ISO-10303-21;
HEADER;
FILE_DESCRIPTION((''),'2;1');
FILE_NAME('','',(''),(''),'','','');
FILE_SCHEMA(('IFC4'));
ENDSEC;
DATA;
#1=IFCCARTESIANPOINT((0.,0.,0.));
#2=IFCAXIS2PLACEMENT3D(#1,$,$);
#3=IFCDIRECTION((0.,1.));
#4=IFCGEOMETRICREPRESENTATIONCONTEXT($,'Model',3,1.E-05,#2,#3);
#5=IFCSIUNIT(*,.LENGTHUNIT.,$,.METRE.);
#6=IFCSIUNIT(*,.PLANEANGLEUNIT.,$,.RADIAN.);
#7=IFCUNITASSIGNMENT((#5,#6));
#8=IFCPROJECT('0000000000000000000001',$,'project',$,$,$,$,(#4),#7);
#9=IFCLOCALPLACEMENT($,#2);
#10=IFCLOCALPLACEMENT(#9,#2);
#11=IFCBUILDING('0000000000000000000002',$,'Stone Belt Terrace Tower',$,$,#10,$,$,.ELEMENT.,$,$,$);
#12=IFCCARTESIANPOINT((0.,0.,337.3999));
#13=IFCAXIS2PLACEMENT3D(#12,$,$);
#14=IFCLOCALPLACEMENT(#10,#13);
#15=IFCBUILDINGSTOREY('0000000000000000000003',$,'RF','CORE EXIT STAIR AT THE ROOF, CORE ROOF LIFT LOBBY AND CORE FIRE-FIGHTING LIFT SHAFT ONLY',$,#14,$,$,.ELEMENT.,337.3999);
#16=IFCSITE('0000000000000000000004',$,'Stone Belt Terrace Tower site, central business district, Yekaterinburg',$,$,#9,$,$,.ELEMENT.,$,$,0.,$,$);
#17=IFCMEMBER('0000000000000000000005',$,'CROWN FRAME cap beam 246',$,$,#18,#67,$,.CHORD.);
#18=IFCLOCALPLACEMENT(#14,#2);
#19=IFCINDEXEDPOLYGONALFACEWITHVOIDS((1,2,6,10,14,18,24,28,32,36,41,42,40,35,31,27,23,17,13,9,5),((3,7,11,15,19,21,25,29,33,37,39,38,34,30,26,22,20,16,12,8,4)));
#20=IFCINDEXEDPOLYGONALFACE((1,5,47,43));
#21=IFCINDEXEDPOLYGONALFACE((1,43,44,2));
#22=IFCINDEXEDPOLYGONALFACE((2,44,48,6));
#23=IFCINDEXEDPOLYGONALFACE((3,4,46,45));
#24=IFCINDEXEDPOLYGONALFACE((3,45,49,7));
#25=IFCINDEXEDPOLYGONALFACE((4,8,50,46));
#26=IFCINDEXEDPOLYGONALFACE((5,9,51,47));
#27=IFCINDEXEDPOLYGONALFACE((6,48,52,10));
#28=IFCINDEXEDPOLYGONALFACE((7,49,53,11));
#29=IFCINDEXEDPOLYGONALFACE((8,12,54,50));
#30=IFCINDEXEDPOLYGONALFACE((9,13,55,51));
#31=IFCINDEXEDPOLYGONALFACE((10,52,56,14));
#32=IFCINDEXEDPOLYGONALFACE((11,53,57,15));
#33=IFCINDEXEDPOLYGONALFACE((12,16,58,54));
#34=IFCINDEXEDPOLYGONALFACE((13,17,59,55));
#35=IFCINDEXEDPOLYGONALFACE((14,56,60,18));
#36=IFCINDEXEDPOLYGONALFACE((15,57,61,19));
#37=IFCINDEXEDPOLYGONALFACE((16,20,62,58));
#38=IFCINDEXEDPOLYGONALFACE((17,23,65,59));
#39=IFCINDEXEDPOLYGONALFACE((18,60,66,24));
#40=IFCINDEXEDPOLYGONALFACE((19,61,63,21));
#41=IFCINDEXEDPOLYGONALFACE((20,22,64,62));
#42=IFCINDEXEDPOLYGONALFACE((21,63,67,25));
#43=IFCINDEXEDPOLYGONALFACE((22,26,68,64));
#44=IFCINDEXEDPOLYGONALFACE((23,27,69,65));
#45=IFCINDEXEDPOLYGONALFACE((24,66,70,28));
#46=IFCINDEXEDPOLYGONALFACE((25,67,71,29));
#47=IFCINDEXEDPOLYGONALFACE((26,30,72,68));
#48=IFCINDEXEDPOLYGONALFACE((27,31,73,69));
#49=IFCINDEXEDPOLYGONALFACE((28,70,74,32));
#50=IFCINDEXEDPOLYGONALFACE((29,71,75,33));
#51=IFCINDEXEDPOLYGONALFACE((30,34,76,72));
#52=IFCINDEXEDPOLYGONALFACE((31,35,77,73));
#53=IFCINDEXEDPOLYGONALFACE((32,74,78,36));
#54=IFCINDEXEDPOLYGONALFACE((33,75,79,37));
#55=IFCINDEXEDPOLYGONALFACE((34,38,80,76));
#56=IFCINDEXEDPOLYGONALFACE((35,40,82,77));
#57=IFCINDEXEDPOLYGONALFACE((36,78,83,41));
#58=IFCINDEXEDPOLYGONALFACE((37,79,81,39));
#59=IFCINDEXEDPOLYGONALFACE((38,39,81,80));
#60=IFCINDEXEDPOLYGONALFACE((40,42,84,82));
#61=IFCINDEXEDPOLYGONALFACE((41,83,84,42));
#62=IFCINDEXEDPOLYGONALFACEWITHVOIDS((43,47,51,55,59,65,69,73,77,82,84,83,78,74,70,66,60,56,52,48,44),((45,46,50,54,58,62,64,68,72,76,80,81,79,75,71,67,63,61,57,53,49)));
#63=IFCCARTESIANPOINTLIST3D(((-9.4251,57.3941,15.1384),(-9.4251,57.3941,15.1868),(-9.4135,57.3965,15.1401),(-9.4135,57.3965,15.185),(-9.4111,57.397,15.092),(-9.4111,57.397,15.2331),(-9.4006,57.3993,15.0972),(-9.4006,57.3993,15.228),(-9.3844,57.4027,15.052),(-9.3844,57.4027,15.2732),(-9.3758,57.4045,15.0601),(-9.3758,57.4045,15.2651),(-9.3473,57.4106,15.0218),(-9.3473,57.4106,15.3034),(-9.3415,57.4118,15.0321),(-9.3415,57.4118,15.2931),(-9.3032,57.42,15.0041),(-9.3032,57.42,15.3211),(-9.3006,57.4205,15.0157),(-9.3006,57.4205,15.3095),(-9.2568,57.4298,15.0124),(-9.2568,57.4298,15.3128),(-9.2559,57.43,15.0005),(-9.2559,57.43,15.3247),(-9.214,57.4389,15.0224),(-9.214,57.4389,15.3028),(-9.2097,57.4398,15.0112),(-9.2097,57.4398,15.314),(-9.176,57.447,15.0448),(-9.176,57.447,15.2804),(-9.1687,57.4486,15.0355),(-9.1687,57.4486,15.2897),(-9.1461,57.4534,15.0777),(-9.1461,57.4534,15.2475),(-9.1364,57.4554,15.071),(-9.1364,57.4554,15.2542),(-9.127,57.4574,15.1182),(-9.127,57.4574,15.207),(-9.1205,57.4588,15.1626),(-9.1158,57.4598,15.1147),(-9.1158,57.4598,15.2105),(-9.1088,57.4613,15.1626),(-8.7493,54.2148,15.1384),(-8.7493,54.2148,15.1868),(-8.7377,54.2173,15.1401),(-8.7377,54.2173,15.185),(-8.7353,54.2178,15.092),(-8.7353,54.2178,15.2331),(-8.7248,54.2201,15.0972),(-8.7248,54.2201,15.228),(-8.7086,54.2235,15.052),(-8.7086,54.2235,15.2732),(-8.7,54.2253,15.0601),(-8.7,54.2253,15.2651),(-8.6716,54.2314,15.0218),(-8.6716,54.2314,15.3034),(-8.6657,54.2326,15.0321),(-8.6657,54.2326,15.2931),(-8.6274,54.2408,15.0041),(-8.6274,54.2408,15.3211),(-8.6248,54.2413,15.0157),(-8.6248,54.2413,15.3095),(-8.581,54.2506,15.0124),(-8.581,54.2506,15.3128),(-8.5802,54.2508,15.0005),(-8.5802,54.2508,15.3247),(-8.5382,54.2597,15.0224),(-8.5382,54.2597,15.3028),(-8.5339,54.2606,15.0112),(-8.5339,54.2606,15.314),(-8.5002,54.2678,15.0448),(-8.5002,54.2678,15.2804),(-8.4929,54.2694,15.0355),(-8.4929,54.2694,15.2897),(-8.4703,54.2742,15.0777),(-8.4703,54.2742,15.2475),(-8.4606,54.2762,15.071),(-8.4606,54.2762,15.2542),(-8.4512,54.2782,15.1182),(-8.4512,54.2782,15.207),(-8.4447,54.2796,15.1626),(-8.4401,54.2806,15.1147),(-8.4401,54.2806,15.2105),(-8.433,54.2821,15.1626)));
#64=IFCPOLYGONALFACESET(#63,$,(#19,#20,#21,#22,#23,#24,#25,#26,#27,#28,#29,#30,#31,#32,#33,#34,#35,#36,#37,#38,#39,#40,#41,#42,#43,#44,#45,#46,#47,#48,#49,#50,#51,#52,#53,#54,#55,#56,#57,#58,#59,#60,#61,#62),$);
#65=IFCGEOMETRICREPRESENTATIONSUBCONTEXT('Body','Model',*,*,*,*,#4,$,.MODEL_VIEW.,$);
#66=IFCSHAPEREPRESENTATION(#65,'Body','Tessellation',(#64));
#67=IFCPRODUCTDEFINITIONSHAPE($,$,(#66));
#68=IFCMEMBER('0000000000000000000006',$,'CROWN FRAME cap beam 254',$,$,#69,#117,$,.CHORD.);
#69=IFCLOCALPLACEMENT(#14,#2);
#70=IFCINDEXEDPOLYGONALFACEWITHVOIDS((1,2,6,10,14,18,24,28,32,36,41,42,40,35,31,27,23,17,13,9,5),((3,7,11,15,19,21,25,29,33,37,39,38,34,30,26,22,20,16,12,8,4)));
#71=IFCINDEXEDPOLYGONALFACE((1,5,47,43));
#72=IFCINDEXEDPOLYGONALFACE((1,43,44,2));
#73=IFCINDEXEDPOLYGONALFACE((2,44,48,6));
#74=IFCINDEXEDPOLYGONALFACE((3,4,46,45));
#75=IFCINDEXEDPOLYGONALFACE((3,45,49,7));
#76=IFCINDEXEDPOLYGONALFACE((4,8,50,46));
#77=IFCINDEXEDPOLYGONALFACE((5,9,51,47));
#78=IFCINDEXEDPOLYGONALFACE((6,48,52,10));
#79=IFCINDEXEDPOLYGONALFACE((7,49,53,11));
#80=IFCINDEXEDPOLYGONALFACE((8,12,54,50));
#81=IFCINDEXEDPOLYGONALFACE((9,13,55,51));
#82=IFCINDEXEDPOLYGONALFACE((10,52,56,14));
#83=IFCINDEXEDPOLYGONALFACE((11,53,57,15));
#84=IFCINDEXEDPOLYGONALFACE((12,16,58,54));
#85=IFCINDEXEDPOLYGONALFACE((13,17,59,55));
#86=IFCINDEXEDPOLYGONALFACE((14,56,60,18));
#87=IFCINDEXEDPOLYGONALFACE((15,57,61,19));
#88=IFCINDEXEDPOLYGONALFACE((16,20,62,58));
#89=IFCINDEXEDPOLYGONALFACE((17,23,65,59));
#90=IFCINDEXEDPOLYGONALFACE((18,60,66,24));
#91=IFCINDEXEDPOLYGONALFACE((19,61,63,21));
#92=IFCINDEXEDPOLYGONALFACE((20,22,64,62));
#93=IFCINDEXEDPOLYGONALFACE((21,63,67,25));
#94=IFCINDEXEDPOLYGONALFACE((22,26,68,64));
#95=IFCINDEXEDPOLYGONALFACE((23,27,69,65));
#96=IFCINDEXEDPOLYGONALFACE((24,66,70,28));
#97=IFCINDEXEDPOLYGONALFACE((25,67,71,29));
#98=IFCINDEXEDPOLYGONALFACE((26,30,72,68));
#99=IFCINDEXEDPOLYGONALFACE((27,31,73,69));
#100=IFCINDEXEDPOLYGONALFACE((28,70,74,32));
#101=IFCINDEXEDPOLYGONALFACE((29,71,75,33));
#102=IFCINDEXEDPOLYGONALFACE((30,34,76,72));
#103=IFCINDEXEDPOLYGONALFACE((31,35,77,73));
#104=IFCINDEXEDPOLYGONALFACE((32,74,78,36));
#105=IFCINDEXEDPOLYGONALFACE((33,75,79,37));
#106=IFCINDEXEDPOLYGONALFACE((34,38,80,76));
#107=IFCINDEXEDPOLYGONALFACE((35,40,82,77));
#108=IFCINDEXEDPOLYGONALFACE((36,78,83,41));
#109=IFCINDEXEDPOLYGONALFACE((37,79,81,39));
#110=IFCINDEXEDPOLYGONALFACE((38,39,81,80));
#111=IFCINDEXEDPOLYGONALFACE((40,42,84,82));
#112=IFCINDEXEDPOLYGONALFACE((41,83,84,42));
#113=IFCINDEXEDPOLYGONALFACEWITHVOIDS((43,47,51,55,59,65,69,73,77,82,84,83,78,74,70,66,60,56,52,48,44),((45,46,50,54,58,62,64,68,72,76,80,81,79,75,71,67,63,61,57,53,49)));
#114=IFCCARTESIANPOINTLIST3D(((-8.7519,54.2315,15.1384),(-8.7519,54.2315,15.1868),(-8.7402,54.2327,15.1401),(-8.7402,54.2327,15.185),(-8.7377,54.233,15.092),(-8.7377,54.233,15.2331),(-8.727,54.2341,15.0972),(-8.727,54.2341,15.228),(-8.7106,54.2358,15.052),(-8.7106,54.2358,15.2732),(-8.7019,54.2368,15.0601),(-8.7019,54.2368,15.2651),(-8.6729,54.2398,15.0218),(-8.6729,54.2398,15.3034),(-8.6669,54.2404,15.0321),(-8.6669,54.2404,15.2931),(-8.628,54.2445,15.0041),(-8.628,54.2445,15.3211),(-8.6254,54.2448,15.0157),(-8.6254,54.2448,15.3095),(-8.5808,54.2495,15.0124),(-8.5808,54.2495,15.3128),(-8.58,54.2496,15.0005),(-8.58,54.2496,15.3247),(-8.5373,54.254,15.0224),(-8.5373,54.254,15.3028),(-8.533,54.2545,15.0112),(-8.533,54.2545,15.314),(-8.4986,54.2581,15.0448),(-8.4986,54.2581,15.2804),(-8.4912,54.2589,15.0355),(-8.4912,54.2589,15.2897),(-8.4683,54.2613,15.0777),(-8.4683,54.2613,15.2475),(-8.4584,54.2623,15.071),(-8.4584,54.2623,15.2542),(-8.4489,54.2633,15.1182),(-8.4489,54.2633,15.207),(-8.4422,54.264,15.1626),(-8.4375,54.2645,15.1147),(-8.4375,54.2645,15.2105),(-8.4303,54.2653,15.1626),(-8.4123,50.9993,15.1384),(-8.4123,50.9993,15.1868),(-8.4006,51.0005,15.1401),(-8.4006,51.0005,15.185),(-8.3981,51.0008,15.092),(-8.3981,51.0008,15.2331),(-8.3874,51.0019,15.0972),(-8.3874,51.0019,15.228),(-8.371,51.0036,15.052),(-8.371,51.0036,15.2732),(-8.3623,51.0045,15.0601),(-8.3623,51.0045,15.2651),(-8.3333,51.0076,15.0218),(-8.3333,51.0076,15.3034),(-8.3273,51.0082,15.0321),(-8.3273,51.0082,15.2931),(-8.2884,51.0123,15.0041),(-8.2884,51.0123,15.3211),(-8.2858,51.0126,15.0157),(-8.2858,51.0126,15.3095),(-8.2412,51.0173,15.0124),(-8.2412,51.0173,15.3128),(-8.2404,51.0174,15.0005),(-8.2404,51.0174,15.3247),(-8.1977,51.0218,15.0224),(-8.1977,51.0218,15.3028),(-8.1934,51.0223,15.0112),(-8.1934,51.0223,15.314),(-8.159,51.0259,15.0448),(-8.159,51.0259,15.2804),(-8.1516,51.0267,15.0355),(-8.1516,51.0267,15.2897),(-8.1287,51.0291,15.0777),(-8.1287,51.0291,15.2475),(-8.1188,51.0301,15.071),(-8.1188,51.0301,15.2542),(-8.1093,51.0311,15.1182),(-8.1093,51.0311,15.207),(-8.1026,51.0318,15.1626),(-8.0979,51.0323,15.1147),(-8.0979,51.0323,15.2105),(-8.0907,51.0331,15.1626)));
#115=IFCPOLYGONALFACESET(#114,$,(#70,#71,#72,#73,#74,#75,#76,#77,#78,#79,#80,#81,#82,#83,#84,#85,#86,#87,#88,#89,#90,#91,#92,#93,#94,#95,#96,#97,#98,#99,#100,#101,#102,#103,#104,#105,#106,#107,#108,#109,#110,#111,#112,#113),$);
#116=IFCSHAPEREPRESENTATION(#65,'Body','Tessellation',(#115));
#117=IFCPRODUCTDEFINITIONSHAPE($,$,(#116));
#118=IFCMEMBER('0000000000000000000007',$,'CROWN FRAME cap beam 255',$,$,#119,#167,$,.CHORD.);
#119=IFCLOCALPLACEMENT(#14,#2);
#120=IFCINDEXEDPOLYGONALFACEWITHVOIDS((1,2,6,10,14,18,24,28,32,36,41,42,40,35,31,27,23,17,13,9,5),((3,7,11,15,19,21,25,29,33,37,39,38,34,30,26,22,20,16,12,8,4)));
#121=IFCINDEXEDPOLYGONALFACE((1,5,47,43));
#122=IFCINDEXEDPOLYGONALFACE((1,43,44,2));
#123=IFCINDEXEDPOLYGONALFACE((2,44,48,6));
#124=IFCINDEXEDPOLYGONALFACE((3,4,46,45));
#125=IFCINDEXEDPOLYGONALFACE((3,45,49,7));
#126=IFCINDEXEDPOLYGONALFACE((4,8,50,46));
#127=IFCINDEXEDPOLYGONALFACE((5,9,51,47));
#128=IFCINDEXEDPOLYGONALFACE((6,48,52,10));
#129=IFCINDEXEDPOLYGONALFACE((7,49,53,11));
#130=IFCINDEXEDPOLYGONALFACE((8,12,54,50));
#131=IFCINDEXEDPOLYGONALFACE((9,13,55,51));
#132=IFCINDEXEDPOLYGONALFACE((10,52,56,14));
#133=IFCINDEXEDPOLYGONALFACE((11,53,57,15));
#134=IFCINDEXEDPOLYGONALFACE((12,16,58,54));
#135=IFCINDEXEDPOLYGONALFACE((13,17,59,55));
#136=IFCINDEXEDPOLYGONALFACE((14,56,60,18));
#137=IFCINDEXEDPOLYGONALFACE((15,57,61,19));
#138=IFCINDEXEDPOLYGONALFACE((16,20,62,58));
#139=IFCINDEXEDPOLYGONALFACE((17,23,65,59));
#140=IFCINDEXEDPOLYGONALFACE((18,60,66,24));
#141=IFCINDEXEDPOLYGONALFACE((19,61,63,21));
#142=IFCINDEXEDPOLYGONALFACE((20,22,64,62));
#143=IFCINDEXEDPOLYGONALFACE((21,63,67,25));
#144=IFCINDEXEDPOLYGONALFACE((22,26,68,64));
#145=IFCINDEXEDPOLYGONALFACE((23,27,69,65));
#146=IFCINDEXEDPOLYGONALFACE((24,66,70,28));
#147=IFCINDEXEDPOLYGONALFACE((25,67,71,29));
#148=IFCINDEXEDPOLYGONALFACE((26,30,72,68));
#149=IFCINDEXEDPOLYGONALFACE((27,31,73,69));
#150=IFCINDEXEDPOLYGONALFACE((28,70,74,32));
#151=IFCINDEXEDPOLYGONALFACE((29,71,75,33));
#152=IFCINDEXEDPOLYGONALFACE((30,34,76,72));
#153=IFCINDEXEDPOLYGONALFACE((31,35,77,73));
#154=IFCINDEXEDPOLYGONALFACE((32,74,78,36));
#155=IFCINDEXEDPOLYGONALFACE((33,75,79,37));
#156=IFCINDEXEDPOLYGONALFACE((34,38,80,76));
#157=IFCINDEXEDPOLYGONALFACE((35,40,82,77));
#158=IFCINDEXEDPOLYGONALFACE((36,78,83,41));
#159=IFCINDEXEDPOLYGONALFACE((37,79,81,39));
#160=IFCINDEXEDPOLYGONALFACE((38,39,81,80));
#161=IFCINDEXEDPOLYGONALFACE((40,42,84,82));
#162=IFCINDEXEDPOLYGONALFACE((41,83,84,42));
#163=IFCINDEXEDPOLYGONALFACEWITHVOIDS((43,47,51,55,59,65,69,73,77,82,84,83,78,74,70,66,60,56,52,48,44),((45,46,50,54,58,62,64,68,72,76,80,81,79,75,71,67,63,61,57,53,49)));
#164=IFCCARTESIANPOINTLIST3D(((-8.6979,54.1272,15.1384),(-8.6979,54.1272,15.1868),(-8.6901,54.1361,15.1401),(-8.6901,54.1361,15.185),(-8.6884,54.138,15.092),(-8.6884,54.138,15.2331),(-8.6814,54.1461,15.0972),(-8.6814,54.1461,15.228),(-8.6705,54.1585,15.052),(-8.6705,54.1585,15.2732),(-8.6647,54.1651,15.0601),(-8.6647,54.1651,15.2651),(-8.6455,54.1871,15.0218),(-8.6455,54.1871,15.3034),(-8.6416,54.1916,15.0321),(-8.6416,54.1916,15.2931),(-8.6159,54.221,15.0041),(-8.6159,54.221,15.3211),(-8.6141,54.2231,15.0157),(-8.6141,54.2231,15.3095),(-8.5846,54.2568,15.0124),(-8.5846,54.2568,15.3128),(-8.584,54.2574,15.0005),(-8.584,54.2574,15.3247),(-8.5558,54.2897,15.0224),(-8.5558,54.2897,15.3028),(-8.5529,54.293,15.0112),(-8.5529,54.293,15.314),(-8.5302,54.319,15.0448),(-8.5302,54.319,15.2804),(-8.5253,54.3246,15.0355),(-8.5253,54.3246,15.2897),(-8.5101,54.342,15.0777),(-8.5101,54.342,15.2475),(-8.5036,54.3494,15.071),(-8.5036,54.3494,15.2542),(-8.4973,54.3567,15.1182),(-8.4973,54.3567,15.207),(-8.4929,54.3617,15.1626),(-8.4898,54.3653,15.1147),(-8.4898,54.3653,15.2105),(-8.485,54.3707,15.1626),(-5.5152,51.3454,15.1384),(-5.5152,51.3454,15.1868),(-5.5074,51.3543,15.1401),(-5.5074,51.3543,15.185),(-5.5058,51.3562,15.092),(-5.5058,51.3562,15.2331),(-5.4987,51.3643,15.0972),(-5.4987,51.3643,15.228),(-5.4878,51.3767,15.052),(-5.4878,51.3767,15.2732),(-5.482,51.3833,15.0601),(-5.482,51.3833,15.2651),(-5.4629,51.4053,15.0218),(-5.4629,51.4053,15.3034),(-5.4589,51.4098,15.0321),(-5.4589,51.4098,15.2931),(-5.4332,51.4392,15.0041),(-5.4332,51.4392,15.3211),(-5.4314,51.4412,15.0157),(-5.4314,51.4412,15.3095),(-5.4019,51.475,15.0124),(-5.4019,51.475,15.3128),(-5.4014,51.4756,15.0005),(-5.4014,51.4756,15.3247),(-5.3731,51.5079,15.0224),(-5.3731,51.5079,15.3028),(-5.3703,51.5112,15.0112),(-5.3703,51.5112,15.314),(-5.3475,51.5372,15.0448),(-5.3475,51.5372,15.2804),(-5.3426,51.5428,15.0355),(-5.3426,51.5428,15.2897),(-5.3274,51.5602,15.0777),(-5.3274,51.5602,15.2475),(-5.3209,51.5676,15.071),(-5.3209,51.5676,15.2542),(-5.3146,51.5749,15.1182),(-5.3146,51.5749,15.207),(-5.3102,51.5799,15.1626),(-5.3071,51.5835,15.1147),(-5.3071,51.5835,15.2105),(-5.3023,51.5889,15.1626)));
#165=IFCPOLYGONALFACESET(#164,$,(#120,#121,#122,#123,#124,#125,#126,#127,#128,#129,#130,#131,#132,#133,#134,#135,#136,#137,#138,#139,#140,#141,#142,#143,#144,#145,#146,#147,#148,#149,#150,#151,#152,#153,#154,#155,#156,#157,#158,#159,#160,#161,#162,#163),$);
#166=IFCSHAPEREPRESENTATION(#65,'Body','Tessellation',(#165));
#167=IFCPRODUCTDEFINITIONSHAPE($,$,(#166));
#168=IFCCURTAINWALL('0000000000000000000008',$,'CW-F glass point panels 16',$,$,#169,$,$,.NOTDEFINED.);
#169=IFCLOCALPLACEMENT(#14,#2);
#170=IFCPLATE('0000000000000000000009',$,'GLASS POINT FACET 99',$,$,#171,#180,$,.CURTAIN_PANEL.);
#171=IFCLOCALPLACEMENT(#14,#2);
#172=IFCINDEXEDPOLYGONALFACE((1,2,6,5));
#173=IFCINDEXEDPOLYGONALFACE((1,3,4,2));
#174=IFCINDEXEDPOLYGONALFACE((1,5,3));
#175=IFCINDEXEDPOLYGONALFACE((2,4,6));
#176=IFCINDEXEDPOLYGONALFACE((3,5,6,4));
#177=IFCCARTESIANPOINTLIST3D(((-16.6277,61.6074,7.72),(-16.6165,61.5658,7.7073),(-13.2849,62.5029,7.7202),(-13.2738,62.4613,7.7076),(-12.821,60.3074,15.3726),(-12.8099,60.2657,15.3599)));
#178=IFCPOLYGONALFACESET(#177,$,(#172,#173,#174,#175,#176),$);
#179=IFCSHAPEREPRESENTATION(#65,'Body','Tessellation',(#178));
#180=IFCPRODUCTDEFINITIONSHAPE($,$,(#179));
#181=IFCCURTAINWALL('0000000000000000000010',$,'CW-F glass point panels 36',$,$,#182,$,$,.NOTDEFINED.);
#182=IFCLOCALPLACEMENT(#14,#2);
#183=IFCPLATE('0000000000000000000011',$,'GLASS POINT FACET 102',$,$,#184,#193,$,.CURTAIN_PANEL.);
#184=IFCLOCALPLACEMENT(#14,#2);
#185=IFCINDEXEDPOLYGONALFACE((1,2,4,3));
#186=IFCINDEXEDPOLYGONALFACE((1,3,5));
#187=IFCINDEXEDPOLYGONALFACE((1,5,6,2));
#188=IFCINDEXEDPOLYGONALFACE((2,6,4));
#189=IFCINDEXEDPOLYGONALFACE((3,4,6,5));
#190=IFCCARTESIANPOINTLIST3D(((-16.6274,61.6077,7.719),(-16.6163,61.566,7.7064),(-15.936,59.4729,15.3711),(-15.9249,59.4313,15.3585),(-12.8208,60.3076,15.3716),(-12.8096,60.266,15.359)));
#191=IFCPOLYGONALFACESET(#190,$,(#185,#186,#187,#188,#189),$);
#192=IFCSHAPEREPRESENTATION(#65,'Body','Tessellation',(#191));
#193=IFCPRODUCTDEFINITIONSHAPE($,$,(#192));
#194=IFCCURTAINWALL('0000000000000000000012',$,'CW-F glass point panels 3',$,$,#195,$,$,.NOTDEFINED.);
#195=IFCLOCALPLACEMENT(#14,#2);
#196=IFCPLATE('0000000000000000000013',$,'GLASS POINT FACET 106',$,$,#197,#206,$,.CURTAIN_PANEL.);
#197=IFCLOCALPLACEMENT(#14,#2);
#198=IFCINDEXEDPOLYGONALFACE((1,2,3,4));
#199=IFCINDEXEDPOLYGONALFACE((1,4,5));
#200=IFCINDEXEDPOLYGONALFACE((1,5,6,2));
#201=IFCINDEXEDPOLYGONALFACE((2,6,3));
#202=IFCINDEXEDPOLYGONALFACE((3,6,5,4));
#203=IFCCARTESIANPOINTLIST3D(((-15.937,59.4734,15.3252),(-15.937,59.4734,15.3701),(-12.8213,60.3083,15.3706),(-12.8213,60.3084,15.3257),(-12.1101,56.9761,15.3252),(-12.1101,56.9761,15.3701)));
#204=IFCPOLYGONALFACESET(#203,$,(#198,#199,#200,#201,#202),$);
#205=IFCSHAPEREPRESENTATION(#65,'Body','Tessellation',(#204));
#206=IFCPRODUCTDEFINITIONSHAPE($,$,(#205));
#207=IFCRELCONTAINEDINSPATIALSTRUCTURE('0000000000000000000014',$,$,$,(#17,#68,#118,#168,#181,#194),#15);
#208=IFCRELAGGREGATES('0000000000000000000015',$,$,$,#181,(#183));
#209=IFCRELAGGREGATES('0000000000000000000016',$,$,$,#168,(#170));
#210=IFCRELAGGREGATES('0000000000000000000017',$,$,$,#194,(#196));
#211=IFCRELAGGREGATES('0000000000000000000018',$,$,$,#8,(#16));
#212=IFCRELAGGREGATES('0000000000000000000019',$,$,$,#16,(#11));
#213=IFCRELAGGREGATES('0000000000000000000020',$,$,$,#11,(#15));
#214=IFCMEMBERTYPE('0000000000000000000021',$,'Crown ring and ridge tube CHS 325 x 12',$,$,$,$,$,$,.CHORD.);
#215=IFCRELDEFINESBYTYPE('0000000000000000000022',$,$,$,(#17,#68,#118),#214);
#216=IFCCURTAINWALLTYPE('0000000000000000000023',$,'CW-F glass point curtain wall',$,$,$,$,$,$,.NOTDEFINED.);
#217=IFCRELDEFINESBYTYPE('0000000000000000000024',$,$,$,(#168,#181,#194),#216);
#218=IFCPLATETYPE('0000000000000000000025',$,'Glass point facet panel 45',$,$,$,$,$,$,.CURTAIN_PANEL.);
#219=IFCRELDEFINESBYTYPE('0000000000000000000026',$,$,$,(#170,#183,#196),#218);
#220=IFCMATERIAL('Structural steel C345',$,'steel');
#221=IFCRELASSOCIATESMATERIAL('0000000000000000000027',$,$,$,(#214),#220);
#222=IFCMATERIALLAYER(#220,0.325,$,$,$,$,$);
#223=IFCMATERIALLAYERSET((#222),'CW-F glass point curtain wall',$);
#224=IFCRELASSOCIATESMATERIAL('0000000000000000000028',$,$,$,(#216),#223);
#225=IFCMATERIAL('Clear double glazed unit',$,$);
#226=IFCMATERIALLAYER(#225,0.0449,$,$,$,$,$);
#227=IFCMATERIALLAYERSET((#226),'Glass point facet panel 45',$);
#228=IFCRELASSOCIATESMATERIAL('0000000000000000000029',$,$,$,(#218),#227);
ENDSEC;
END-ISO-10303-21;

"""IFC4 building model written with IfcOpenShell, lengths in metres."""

from ifc_helpers import new_model, si_unit, direction, frame, origin, origin_2d, place, context, subcontext, project, spatial, polyline, hollow_circle, outline, extrude, material, layer, layer_set, material_profile, profile_set, type_object, element, aggregate, save


model = new_model("IFC4")

# Units and contexts
model_context = context("Model", 3, precision=1e-05, world=origin(), true_north=direction((0.0, 1.0)))
body_context = subcontext(model_context, "Body", "Model", "MODEL_VIEW")
ifc_project = project(units=[si_unit("LENGTHUNIT", "METRE"), si_unit("PLANEANGLEUNIT", "RADIAN")], contexts=[model_context])

# Site, building, storey
site_placement = place(None, origin())
site = spatial("IfcSite", under=ifc_project, at=site_placement, Name="Stone Belt Terrace Tower site, central business district, Yekaterinburg", CompositionType="ELEMENT", RefElevation=0.0)
building_placement = place(site_placement, origin())
building = spatial("IfcBuilding", under=site, at=building_placement, Name="Stone Belt Terrace Tower", CompositionType="ELEMENT")
storey_placement = place(building_placement, frame((0.0, 0.0, 337.3999)))
storey = spatial("IfcBuildingStorey", under=building, at=storey_placement, Name="RF", Description="CORE EXIT STAIR AT THE ROOF, CORE ROOF LIFT LOBBY AND CORE FIRE-FIGHTING LIFT SHAFT ONLY", CompositionType="ELEMENT", Elevation=337.3999)

# Members
ifc_material_1 = material(Name="Structural steel C345", Category="steel")
ifc_material_profile = material_profile(ifc_material_1, hollow_circle(Radius=0.1626, WallThickness=0.012, at=origin_2d()), Name="Structural steel C345 CHS 325x12")
ifc_profile_set = profile_set([ifc_material_profile], Name="Structural steel C345")
member_type = type_object("IfcMemberType", Name="Crown ring and ridge tube CHS 325 x 12", PredefinedType="CHORD", material=ifc_profile_set)
member_1_placement = place(storey_placement, frame((-9.2678, 57.4275, 15.1626), z_axis=(0.207918, -0.978146, 0.0), x_axis=(0.978146, 0.207918, 0.0)))
element("IfcMember", 1, at=member_1_placement, inside=storey, type_object=member_type, Name="CROWN FRAME cap beam 246", PredefinedType="CHORD", context=body_context, shape_type="SweptSolid", body=[
    extrude(hollow_circle(Radius=0.1626, WallThickness=0.012, at=origin_2d()), origin(), (0.0, 0.0, 1.0), 3.2502),
])
member_2_placement = place(storey_placement, frame((-8.592, 54.2483, 15.1626), z_axis=(0.104493, -0.994526, 0.0), x_axis=(0.994526, 0.104493, 0.0)))
element("IfcMember", 2, at=member_2_placement, inside=storey, type_object=member_type, Name="CROWN FRAME cap beam 254", PredefinedType="CHORD", context=body_context, shape_type="SweptSolid", body=[
    extrude(hollow_circle(Radius=0.1626, WallThickness=0.012, at=origin_2d()), origin(), (0.0, 0.0, 1.0), 3.25),
])
member_3_placement = place(storey_placement, frame((-8.592, 54.2483, 15.1626), z_axis=(0.752934, -0.658096, 0.0), x_axis=(0.658096, 0.752934, 0.0)))
element("IfcMember", 3, at=member_3_placement, inside=storey, type_object=member_type, Name="CROWN FRAME cap beam 255", PredefinedType="CHORD", context=body_context, shape_type="SweptSolid", body=[
    extrude(hollow_circle(Radius=0.1626, WallThickness=0.012, at=origin_2d()), origin(), (0.0, 0.0, 1.0), 4.2271),
])

# Curtain walls, plates
ifc_layer_1 = layer(ifc_material_1, 0.325)
ifc_layer_set_1 = layer_set([ifc_layer_1], Name="CW-F glass point curtain wall")
curtain_wall_type = type_object("IfcCurtainWallType", Name="CW-F glass point curtain wall", PredefinedType="NOTDEFINED", material=ifc_layer_set_1)
curtain_wall_1_placement = place(storey_placement, origin())
curtain_wall_1 = element("IfcCurtainWall", 4, at=curtain_wall_1_placement, inside=storey, type_object=curtain_wall_type, Name="CW-F glass point panels 16", PredefinedType="NOTDEFINED")
ifc_material_2 = material(Name="Clear double glazed unit")
ifc_layer_2 = layer(ifc_material_2, 0.0449)
ifc_layer_set_2 = layer_set([ifc_layer_2], Name="Glass point facet panel 45")
plate_type = type_object("IfcPlateType", Name="Glass point facet panel 45", PredefinedType="CURTAIN_PANEL", material=ifc_layer_set_2)
plate_1_placement = place(storey_placement, frame((-12.821, 60.3074, 15.3726), z_axis=(-0.24836, 0.927007, 0.281025), x_axis=(-0.440309, 0.150375, -0.885164)))
plate_1 = element("IfcPlate", 5, at=plate_1_placement, type_object=plate_type, Name="GLASS POINT FACET 99", PredefinedType="CURTAIN_PANEL", context=body_context, shape_type="SweptSolid", body=[
    extrude(outline(polyline([(0.0, 0.0), (8.6454, 0.0), (7.308, -3.1918), (0.0, 0.0)])), origin(), (0.0, 0.0, -1.0), 0.0449),
])
curtain_wall_2_placement = place(storey_placement, origin())
curtain_wall_2 = element("IfcCurtainWall", 6, at=curtain_wall_2_placement, inside=storey, type_object=curtain_wall_type, Name="CW-F glass point panels 36", PredefinedType="NOTDEFINED")
plate_2_placement = place(storey_placement, frame((-12.8208, 60.3076, 15.3716), z_axis=(-0.248426, 0.926981, 0.281054), x_axis=(-0.965926, -0.258817, -0.000151)))
plate_2 = element("IfcPlate", 7, at=plate_2_placement, type_object=plate_type, Name="GLASS POINT FACET 102", PredefinedType="CURTAIN_PANEL", context=body_context, shape_type="SweptSolid", body=[
    extrude(outline(polyline([(0.0, 0.0), (3.2251, 0.0), (3.3416, -7.9735), (0.0, 0.0)])), origin(), (0.0, 0.0, -1.0), 0.0449),
])
aggregate(curtain_wall_2, [plate_2])
curtain_wall_3_placement = place(storey_placement, origin())
curtain_wall_3 = element("IfcCurtainWall", 8, at=curtain_wall_3_placement, inside=storey, type_object=curtain_wall_type, Name="CW-F glass point panels 3", PredefinedType="NOTDEFINED")
plate_3_placement = place(storey_placement, frame((-12.8213, 60.3083, 15.3706), z_axis=(-0.000111, -0.00017, 1.0), x_axis=(0.208722, -0.977975, -0.000143)))
plate_3 = element("IfcPlate", 9, at=plate_3_placement, type_object=plate_type, Name="GLASS POINT FACET 106", PredefinedType="CURTAIN_PANEL", context=body_context, shape_type="SweptSolid", body=[
    extrude(outline(polyline([(0.0, 0.0), (3.4073, 0.0), (0.1663, -3.2214), (0.0, 0.0)])), origin(), (0.0, 0.0, -1.0), 0.0449),
])

aggregate(curtain_wall_1, [plate_1])

aggregate(curtain_wall_3, [plate_3])

save(model, "model.ifc")
